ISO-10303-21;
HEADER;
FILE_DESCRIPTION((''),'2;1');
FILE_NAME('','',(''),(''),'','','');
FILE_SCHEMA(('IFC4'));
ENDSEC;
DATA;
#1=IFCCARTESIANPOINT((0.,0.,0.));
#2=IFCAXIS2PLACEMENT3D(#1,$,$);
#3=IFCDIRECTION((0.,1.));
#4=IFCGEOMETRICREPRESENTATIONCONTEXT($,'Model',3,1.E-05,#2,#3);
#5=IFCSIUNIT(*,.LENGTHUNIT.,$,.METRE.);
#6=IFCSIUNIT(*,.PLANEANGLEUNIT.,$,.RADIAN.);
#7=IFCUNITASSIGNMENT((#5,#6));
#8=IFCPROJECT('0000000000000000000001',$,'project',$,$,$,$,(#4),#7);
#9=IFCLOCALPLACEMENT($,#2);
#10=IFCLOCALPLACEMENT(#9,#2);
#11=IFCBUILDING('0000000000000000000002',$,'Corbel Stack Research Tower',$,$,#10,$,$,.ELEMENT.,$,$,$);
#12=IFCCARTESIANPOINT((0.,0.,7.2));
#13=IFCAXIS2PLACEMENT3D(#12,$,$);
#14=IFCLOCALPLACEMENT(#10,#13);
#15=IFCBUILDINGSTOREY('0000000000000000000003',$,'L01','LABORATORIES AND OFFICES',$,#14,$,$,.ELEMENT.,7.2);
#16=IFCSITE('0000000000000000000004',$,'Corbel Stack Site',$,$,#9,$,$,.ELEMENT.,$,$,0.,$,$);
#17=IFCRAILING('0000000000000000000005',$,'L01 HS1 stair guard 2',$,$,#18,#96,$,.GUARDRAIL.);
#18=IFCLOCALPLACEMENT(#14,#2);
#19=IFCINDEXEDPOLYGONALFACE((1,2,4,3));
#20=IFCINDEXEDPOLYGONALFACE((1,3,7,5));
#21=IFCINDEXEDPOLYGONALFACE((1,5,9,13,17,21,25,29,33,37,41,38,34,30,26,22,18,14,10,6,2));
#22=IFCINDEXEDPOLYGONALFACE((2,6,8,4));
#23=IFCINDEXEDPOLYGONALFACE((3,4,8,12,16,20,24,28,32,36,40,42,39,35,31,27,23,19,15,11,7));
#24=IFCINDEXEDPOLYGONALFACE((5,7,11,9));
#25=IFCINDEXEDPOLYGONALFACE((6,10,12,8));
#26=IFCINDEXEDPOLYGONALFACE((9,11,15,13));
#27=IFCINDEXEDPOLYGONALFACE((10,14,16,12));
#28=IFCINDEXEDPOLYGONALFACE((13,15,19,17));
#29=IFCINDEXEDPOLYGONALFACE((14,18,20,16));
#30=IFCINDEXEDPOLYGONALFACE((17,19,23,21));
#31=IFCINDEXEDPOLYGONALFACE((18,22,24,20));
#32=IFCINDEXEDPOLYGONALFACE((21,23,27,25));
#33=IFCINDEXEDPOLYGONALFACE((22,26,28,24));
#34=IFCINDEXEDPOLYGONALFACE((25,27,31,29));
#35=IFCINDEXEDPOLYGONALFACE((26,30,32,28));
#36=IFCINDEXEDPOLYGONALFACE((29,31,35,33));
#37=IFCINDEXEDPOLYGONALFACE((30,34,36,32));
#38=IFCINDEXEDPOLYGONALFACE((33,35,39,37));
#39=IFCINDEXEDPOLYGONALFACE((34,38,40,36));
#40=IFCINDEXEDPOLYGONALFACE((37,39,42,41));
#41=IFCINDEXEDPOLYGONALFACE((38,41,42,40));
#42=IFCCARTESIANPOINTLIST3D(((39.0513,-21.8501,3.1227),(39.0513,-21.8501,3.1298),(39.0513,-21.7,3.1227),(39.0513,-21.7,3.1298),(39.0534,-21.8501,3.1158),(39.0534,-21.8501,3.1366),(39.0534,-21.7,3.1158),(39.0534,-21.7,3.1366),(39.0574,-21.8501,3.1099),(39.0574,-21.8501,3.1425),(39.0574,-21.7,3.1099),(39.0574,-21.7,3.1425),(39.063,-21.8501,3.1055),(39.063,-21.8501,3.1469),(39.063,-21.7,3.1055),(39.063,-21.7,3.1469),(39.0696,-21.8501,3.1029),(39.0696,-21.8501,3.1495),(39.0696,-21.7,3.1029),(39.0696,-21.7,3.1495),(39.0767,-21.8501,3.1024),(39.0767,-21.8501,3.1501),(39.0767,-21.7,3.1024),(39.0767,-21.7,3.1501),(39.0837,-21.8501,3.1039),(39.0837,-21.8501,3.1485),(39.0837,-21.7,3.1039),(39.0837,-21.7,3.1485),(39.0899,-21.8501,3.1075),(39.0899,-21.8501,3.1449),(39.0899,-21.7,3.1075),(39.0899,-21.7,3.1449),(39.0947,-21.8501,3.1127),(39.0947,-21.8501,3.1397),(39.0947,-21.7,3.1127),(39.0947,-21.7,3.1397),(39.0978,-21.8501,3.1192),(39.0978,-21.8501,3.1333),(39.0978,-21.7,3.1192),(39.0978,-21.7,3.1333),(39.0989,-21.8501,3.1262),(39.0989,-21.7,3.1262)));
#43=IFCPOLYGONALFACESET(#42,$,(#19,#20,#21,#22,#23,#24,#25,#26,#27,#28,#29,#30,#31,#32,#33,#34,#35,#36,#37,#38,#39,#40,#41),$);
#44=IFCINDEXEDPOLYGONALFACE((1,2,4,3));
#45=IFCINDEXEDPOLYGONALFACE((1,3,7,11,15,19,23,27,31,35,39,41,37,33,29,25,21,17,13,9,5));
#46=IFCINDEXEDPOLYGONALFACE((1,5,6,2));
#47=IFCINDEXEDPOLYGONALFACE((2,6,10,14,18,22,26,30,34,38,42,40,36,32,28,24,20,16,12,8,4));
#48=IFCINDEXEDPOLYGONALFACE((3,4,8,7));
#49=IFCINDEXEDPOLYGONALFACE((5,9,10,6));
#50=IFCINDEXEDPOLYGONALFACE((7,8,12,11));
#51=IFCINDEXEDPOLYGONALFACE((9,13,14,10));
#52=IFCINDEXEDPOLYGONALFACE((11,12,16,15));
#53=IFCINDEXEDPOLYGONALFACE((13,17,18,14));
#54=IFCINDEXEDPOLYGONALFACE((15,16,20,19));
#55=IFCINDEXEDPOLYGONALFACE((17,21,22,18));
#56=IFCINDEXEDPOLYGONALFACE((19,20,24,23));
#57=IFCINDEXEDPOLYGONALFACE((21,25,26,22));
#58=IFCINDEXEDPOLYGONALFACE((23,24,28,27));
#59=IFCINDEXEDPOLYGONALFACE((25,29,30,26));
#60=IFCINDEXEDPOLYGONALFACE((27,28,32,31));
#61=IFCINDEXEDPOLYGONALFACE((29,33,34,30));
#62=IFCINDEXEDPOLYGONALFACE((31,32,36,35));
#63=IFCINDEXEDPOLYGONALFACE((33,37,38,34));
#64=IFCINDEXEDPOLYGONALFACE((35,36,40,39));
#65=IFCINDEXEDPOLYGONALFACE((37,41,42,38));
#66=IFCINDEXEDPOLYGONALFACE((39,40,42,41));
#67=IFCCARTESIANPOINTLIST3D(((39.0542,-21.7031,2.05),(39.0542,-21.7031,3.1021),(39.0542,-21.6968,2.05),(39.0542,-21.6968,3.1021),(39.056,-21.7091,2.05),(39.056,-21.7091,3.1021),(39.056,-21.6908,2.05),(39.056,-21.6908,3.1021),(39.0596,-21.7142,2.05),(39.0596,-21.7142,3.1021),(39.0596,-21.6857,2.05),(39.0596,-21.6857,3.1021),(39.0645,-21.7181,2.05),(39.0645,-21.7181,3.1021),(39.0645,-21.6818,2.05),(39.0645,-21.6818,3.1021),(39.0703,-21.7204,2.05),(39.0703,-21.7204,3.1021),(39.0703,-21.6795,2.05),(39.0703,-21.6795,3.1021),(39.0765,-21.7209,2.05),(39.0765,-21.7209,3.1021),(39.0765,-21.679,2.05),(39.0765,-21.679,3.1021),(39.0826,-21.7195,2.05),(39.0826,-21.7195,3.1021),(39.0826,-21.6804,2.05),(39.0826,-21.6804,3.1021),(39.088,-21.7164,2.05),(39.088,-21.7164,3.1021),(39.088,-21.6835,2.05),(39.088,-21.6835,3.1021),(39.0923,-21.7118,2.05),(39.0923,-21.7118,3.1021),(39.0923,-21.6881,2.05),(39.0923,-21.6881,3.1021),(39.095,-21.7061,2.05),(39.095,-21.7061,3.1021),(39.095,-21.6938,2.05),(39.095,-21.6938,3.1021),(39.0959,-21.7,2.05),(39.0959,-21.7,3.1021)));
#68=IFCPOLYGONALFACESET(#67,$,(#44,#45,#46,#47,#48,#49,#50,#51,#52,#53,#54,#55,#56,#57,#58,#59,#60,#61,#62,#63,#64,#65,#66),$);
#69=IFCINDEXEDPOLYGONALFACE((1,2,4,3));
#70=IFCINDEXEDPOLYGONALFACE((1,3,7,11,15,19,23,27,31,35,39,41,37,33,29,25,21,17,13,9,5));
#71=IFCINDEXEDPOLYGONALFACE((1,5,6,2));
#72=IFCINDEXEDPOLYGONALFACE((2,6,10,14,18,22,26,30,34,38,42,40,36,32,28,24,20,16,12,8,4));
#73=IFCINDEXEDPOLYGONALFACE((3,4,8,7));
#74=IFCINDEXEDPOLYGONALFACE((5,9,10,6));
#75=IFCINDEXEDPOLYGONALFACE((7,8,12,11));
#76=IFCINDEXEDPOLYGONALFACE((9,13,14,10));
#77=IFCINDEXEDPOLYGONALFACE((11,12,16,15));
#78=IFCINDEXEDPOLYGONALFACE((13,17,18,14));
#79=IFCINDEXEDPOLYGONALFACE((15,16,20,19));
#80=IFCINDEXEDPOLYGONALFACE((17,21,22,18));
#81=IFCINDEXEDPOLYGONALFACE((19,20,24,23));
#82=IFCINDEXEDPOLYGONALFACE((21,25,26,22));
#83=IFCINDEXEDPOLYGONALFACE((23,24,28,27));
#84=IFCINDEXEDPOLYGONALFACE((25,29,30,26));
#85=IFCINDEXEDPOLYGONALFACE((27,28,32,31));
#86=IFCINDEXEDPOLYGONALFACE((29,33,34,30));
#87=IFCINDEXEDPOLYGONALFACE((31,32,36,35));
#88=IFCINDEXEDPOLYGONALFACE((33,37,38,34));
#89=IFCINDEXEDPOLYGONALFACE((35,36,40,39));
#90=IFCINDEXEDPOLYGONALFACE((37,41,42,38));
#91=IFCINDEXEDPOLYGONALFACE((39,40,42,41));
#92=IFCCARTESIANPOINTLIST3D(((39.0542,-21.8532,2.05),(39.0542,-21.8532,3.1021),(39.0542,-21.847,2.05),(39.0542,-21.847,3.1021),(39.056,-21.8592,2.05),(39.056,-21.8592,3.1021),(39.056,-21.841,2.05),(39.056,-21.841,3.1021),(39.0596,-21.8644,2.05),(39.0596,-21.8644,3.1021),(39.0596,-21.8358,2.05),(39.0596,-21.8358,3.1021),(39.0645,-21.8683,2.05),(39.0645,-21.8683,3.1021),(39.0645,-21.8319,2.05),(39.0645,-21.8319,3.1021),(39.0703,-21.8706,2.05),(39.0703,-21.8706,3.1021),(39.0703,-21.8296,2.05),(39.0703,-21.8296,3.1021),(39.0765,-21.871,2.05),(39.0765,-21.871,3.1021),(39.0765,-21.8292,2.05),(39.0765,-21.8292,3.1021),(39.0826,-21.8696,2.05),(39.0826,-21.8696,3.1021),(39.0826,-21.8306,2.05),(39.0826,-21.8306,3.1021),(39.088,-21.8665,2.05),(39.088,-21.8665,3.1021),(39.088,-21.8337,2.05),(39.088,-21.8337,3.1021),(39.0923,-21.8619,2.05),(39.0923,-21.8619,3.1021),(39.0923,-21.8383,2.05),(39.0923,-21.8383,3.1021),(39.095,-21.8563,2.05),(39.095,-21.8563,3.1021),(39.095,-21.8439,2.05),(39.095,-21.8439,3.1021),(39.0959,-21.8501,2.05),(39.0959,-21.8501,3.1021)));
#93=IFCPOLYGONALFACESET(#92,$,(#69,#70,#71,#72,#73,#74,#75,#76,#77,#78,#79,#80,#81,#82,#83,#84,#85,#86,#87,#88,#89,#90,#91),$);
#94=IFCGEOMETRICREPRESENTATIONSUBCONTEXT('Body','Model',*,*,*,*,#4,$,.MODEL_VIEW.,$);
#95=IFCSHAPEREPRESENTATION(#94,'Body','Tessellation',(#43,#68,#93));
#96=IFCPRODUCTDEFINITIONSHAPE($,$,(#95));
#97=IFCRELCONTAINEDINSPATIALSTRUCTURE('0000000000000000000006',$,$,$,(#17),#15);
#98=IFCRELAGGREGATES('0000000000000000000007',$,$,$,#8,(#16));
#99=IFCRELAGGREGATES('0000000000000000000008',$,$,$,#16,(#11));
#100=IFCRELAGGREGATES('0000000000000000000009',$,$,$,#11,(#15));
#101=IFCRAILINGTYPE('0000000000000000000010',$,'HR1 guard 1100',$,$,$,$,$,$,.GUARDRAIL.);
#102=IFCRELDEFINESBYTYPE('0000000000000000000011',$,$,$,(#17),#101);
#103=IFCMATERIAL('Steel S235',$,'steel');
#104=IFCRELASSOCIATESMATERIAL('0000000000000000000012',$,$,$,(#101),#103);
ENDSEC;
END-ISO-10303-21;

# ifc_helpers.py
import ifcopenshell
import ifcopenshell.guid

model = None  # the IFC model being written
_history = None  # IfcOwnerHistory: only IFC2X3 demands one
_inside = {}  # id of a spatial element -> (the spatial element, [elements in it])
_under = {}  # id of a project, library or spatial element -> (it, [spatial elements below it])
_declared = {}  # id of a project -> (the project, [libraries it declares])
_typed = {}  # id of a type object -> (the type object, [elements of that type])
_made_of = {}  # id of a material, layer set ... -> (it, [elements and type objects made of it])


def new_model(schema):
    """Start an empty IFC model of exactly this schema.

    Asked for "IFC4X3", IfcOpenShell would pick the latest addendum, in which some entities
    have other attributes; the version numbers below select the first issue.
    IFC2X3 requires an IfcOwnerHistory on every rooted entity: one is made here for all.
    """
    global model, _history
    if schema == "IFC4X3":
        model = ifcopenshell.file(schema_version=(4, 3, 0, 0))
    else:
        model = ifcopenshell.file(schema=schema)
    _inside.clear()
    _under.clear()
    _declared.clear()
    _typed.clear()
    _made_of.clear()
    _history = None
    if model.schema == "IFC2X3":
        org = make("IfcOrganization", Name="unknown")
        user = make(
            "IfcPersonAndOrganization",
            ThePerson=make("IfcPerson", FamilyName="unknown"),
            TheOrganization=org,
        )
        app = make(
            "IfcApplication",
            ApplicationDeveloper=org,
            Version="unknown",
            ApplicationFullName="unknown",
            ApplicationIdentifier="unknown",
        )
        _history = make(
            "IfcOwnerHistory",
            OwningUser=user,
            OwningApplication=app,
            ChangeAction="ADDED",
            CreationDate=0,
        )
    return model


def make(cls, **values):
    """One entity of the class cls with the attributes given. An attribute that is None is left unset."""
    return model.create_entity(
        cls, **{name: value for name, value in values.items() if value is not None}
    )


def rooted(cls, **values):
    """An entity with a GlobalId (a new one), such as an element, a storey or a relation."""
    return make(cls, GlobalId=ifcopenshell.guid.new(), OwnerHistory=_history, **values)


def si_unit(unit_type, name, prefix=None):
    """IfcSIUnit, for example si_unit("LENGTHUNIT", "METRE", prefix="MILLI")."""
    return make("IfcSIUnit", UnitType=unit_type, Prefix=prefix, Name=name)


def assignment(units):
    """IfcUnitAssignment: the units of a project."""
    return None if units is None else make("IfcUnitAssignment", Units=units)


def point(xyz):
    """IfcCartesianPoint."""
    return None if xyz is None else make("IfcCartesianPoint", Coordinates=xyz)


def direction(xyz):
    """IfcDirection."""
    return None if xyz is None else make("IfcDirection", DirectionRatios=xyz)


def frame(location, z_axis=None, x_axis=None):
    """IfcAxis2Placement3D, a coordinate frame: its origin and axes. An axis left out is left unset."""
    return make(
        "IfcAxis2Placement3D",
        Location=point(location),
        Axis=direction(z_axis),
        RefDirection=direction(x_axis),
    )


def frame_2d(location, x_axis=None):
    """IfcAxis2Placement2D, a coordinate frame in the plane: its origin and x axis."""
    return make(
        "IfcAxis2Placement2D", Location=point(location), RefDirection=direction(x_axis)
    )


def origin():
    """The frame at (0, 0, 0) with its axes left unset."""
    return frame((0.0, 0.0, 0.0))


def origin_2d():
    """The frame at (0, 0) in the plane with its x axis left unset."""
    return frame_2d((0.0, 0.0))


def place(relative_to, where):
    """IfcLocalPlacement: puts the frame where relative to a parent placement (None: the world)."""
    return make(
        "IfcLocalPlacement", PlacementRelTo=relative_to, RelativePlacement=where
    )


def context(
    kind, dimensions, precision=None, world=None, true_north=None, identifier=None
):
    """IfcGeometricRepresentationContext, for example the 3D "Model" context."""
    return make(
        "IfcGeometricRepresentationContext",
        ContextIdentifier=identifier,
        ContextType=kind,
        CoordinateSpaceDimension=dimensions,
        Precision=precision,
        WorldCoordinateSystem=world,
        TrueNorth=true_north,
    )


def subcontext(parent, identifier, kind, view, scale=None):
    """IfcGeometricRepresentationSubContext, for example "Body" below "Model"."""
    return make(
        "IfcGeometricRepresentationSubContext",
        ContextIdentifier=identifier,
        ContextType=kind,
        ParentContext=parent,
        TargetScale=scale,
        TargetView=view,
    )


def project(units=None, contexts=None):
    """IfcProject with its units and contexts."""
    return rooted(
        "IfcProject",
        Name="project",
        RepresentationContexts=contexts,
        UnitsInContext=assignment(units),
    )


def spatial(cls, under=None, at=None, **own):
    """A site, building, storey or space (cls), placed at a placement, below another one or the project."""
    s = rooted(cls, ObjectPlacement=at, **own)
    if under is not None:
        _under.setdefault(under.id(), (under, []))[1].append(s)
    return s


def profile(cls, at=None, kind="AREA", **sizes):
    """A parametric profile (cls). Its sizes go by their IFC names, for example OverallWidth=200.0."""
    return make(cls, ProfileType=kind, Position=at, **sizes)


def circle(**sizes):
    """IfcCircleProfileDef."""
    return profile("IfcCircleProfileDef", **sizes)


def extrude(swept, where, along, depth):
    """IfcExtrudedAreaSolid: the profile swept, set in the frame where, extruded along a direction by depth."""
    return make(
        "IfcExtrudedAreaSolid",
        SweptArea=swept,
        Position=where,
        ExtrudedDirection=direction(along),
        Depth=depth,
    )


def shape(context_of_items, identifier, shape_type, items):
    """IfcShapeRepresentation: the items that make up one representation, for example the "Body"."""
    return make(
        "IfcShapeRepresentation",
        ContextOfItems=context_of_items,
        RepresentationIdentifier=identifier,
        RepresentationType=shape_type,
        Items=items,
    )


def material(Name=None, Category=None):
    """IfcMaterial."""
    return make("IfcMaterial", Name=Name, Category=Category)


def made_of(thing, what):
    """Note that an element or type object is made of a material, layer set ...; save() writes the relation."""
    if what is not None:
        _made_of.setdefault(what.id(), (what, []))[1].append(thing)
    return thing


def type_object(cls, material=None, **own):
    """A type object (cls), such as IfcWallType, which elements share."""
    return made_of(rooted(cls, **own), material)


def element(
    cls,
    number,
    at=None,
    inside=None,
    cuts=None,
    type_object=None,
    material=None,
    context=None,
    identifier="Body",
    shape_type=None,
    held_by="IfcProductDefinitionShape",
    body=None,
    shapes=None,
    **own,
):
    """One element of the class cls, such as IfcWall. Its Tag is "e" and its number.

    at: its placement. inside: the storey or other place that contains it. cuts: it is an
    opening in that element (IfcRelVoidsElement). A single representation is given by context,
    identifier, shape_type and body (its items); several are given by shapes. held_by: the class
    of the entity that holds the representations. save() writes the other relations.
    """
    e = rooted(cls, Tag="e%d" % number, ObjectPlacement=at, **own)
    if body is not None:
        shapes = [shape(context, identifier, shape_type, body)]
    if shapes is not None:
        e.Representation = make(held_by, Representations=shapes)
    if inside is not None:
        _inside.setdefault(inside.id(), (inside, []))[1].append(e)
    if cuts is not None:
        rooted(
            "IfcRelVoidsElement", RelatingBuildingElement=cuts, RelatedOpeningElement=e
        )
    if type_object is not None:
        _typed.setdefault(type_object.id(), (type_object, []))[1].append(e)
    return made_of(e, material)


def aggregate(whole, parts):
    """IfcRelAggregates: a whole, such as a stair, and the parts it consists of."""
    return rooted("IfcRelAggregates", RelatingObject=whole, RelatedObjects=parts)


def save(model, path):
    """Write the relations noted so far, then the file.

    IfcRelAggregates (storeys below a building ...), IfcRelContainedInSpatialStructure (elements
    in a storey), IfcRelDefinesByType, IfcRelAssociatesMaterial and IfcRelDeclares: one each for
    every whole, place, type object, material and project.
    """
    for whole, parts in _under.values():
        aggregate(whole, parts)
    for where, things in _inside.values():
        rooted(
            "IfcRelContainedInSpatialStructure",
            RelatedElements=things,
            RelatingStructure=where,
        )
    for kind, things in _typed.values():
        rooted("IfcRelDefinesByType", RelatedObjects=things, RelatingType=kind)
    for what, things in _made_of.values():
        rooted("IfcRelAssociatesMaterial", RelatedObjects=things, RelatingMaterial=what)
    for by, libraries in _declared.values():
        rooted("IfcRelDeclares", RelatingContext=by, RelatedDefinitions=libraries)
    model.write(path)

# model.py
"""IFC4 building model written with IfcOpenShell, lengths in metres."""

from ifc_helpers import new_model, si_unit, direction, frame, origin, origin_2d, place, context, subcontext, project, spatial, circle, extrude, material, type_object, element, save


model = new_model("IFC4")

# Units and contexts
model_context = context("Model", 3, precision=1e-05, world=origin(), true_north=direction((0.0, 1.0)))
body_context = subcontext(model_context, "Body", "Model", "MODEL_VIEW")
ifc_project = project(units=[si_unit("LENGTHUNIT", "METRE"), si_unit("PLANEANGLEUNIT", "RADIAN")], contexts=[model_context])

# Site, building, storey
site_placement = place(None, origin())
site = spatial("IfcSite", under=ifc_project, at=site_placement, Name="Corbel Stack Site", CompositionType="ELEMENT", RefElevation=0.0)
building_placement = place(site_placement, origin())
building = spatial("IfcBuilding", under=site, at=building_placement, Name="Corbel Stack Research Tower", CompositionType="ELEMENT")
storey_placement = place(building_placement, frame((0.0, 0.0, 7.2)))
storey = spatial("IfcBuildingStorey", under=building, at=storey_placement, Name="L01", Description="LABORATORIES AND OFFICES", CompositionType="ELEMENT", Elevation=7.2)

# Railing
ifc_material_1 = material(Name="Steel S235", Category="steel")
railing_type_1 = type_object("IfcRailingType", Name="HR1 guard 1100", PredefinedType="GUARDRAIL", material=ifc_material_1)
railing_1_placement = place(storey_placement, frame((39.075, -21.7, 2.05)))
element("IfcRailing", 1, at=railing_1_placement, inside=storey, type_object=railing_type_1, Name="L01 HS1 stair guard 2", PredefinedType="GUARDRAIL", context=body_context, shape_type="SweptSolid", body=[
    extrude(circle(Radius=0.0239, at=origin_2d()), frame((0.0, 0.0, 1.0762), z_axis=(0.0, -1.0, 0.0), x_axis=(1.0, 0.0, 0.0)), (0.0, 0.0, 1.0), 0.1501),
    extrude(circle(Radius=0.021, at=origin_2d()), origin(), (0.0, 0.0, 1.0), 1.052),
    extrude(circle(Radius=0.021, at=origin_2d()), frame((0.0, -0.1501, 0.0)), (0.0, 0.0, 1.0), 1.052),
])

save(model, "model.ifc")
